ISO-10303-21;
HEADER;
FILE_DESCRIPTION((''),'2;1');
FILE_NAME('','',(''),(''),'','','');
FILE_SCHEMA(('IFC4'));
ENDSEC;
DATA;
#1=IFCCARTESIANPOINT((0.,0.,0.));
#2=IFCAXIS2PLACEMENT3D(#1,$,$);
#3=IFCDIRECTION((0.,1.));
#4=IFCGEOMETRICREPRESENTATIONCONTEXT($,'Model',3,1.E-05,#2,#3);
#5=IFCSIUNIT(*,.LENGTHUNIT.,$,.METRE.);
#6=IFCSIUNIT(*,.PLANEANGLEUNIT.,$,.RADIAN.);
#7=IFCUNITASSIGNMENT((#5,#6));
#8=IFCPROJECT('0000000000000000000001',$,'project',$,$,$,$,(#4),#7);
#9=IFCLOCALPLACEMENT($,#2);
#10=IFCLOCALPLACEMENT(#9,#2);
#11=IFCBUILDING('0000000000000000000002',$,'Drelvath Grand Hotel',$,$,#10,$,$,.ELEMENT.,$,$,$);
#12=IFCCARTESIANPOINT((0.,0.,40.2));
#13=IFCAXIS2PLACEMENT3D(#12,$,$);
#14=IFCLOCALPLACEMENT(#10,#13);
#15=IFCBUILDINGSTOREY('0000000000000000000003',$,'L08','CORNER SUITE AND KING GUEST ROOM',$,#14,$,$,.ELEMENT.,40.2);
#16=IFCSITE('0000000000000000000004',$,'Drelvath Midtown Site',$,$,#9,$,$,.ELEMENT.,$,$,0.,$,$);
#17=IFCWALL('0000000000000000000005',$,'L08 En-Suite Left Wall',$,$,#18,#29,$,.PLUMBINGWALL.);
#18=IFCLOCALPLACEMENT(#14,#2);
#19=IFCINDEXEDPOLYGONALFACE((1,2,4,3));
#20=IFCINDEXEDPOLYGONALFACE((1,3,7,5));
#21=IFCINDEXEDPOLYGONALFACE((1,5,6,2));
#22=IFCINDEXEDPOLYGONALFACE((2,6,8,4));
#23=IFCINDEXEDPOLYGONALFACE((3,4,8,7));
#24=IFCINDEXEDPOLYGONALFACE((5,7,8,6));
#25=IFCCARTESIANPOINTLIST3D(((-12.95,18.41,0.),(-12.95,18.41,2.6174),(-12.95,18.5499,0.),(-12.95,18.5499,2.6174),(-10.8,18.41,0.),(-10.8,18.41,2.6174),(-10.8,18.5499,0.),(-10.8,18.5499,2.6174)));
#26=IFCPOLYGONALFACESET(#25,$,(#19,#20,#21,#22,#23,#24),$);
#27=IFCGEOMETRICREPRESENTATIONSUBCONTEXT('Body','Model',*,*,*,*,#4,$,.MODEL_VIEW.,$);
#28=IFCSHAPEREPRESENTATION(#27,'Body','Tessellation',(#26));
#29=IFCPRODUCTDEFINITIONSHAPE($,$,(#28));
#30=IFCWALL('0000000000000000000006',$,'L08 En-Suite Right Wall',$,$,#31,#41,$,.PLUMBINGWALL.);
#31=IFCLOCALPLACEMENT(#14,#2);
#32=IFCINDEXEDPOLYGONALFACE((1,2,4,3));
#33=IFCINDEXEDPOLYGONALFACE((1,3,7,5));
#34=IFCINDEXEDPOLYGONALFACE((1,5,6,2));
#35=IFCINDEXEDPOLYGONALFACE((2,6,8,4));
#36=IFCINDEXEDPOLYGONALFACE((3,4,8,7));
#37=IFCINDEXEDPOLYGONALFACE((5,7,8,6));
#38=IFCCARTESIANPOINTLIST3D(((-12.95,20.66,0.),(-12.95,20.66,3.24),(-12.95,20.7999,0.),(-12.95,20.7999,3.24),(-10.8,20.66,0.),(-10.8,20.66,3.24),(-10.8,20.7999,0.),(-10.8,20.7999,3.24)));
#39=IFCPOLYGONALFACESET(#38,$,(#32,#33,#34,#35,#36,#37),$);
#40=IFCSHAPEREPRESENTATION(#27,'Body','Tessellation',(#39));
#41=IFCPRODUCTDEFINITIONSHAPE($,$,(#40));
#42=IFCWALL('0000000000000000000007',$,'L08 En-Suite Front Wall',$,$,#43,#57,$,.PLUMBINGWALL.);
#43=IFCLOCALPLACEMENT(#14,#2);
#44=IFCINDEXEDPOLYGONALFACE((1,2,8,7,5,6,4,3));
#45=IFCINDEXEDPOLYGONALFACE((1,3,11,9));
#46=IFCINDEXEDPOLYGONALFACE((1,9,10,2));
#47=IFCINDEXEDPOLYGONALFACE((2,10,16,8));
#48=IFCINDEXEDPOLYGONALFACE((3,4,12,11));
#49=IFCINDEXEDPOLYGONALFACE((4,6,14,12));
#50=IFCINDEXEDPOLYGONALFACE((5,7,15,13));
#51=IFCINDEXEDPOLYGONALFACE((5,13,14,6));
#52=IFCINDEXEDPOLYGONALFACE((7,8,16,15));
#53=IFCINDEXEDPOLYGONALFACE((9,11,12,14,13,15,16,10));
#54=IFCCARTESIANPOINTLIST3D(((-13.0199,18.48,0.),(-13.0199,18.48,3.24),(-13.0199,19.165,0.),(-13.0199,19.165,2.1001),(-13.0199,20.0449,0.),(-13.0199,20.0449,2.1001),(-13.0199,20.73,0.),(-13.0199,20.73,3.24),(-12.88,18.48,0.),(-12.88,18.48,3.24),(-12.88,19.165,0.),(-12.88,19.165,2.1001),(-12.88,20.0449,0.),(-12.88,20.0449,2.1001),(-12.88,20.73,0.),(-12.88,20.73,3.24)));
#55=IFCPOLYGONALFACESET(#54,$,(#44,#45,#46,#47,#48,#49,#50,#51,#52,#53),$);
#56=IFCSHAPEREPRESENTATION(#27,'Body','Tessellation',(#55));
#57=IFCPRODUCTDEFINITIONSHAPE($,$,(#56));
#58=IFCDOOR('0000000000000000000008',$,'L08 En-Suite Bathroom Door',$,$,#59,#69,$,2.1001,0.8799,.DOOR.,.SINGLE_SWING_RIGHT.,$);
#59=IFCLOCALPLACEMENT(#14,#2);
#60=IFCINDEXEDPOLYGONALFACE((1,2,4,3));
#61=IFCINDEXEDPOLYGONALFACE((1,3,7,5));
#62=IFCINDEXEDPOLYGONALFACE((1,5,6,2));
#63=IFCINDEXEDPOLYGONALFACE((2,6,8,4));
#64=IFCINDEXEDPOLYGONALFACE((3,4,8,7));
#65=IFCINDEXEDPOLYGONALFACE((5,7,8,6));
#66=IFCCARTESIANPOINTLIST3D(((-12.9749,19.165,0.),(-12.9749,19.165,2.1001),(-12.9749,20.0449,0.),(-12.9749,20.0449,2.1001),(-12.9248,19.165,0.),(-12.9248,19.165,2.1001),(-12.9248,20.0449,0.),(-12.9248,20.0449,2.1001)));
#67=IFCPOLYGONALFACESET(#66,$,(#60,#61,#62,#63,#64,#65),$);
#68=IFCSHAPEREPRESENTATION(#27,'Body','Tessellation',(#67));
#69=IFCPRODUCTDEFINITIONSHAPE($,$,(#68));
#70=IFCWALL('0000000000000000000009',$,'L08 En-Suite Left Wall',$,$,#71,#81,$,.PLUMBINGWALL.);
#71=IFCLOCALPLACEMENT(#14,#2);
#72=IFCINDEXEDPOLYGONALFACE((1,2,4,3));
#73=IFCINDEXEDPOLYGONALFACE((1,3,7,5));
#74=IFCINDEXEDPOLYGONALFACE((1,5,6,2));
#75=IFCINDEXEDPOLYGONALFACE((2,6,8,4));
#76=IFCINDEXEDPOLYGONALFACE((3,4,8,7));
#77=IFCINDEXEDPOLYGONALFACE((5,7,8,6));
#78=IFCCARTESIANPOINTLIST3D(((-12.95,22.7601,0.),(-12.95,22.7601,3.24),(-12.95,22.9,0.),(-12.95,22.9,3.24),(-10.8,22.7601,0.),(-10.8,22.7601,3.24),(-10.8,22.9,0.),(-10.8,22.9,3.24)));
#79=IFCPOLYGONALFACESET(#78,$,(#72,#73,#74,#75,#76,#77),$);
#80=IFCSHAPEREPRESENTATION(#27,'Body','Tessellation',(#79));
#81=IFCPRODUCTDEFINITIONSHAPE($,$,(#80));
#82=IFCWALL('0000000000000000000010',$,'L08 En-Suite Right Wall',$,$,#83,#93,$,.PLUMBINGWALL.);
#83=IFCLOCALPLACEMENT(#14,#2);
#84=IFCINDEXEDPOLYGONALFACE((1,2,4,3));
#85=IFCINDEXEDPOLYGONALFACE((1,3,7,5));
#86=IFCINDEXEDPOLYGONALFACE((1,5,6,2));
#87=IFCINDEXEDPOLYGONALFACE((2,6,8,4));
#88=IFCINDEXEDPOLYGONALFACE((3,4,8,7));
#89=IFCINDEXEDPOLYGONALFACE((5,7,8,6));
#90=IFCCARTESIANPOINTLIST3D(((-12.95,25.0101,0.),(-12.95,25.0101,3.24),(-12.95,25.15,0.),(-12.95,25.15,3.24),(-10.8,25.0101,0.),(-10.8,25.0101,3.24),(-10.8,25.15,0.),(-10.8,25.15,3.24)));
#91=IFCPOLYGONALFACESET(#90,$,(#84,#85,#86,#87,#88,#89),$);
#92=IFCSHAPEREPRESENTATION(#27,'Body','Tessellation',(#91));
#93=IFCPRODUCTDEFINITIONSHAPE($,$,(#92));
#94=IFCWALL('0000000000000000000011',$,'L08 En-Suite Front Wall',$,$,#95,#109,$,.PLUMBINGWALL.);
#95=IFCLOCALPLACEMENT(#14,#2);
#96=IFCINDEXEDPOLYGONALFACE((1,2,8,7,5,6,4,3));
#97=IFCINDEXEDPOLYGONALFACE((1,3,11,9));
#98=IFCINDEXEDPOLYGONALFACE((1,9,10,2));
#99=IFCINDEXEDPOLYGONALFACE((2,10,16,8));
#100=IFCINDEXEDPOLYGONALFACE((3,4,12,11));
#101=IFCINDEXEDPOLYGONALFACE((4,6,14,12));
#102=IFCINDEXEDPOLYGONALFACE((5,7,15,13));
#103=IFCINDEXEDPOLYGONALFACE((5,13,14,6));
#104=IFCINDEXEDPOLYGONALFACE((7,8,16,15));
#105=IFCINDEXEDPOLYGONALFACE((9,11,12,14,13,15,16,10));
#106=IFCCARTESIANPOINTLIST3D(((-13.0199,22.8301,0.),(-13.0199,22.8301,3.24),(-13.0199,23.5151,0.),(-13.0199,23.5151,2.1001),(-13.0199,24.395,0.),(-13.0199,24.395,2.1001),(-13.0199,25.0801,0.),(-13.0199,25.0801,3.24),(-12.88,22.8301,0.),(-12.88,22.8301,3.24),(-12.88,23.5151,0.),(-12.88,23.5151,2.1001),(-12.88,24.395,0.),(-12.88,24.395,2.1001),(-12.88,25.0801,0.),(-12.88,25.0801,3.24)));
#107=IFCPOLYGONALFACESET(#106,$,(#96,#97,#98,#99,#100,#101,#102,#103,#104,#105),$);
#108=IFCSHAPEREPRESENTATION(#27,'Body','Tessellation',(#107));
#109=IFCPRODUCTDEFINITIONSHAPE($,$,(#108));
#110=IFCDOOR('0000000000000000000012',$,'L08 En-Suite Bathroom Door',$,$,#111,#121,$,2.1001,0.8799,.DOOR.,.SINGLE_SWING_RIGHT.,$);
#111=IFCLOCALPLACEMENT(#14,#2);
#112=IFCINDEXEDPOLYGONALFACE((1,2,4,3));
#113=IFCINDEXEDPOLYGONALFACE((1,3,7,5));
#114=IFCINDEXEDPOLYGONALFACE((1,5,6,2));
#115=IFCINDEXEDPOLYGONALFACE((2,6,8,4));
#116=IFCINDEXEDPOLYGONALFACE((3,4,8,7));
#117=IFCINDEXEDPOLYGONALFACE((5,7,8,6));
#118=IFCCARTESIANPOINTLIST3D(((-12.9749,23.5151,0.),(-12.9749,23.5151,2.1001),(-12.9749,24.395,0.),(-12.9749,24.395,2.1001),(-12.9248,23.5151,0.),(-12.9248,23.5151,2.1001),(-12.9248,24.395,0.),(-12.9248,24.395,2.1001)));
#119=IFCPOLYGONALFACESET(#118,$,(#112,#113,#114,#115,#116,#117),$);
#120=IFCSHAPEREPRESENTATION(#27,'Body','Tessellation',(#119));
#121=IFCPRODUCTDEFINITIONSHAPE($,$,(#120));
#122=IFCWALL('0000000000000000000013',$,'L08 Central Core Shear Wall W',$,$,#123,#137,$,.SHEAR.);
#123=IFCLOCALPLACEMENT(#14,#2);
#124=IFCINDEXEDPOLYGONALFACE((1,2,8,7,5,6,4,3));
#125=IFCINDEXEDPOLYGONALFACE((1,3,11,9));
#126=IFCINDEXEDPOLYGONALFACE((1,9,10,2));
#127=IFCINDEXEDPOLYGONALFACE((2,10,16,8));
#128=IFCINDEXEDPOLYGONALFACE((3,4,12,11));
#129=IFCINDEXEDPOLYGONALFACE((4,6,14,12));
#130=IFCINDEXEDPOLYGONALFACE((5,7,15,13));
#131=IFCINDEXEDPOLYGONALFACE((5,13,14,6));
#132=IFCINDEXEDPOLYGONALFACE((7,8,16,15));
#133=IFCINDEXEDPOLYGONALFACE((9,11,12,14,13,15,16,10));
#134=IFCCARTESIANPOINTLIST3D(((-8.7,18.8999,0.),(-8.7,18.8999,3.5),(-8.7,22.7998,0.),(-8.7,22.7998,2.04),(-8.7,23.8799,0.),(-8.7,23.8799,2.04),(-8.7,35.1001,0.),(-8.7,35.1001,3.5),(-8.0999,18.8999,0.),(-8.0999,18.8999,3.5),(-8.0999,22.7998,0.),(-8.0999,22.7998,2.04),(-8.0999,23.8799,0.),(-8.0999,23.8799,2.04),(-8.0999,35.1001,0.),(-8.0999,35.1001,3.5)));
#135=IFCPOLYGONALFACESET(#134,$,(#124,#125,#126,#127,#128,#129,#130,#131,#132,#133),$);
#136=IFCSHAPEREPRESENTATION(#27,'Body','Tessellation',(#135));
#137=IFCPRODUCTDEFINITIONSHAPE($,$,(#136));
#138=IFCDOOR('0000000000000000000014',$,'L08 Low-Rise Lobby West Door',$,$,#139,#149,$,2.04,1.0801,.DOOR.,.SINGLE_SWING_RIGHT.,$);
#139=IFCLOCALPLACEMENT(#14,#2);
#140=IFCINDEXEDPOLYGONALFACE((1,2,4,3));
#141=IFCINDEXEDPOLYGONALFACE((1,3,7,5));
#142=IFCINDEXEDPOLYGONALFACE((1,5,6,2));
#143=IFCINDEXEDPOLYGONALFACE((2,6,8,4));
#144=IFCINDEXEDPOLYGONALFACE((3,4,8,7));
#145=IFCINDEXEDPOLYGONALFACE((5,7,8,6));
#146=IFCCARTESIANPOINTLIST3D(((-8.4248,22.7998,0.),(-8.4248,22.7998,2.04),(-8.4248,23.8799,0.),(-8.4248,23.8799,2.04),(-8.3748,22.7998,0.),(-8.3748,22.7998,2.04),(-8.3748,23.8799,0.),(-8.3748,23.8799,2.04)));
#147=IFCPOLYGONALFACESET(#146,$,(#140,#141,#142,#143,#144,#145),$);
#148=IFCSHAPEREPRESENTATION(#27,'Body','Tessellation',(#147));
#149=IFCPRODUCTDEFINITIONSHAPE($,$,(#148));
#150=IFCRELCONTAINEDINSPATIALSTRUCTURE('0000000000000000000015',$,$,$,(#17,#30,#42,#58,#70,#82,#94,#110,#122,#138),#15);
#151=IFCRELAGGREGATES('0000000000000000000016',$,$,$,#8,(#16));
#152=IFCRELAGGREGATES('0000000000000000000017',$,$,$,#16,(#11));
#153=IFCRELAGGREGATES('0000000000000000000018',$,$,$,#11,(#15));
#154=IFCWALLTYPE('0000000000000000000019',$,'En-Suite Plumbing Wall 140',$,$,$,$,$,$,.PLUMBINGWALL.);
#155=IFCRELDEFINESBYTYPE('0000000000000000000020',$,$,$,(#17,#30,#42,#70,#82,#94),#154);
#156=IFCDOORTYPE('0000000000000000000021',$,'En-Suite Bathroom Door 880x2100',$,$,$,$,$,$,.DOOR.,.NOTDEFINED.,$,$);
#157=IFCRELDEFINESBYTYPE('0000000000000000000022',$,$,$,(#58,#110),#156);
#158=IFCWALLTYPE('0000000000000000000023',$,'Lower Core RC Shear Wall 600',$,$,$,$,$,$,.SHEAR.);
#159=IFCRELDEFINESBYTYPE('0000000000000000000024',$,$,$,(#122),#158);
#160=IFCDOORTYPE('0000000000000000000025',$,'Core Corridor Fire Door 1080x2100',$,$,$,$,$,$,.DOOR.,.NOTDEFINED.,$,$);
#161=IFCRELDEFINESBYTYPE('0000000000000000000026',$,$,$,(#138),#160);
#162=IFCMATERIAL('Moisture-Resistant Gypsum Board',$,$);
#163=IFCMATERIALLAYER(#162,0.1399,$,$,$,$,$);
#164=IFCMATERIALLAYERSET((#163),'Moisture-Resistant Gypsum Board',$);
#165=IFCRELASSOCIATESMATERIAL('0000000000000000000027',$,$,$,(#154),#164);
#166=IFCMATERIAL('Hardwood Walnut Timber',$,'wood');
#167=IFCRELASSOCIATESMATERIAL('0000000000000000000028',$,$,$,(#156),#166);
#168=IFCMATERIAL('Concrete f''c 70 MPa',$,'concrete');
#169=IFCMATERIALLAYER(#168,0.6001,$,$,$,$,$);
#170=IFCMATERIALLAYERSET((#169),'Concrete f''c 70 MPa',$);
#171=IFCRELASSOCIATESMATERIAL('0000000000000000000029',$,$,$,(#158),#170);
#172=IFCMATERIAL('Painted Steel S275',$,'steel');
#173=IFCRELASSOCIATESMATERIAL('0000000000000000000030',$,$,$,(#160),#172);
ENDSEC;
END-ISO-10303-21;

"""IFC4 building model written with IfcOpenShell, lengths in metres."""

from ifc_helpers import new_model, si_unit, direction, frame, frame_2d, origin, place, context, subcontext, project, spatial, rectangle, extrude, material, layer, layer_set, type_object, element, fill, save


model = new_model("IFC4")

# Units and contexts
model_context = context("Model", 3, precision=1e-05, world=origin(), true_north=direction((0.0, 1.0)))
body_context = subcontext(model_context, "Body", "Model", "MODEL_VIEW")
ifc_project = project(units=[si_unit("LENGTHUNIT", "METRE"), si_unit("PLANEANGLEUNIT", "RADIAN")], contexts=[model_context])

# Site, building, storey
site_placement = place(None, origin())
site = spatial("IfcSite", under=ifc_project, at=site_placement, Name="Drelvath Midtown Site", CompositionType="ELEMENT", RefElevation=0.0)
building_placement = place(site_placement, origin())
building = spatial("IfcBuilding", under=site, at=building_placement, Name="Drelvath Grand Hotel", CompositionType="ELEMENT")
storey_placement = place(building_placement, frame((0.0, 0.0, 40.2)))
storey = spatial("IfcBuildingStorey", under=building, at=storey_placement, Name="L08", Description="CORNER SUITE AND KING GUEST ROOM", CompositionType="ELEMENT", Elevation=40.2)

# Shared definitions
ifc_material_1 = material(Name="Concrete f'c 70 MPa", Category="concrete")

# Shared definitions
ifc_material_2 = material(Name="Hardwood Walnut Timber", Category="wood")

# Shared definitions
ifc_material_3 = material(Name="Moisture-Resistant Gypsum Board")
ifc_layer_1 = layer(ifc_material_3, 0.1399)
ifc_layer_set_1 = layer_set([ifc_layer_1], Name="Moisture-Resistant Gypsum Board")
wall_type_1 = type_object("IfcWallType", Name="En-Suite Plumbing Wall 140", PredefinedType="PLUMBINGWALL", material=ifc_layer_set_1)

# Shared definitions
door_type_1 = type_object("IfcDoorType", Name="En-Suite Bathroom Door 880x2100", OperationType="NOTDEFINED", PredefinedType="DOOR", material=ifc_material_2)

# Walls
wall_1_placement = place(storey_placement, frame((-10.8, 18.48, 0.0), z_axis=(0.0, 0.0, 1.0), x_axis=(-1.0, 0.0, 0.0)))
element("IfcWall", 1, at=wall_1_placement, inside=storey, type_object=wall_type_1, Name="L08 En-Suite Left Wall", PredefinedType="PLUMBINGWALL", context=body_context, shape_type="SweptSolid", body=[
    extrude(rectangle(XDim=2.1499, YDim=0.1399, at=frame_2d((1.075, 0.0))), origin(), (0.0, 0.0, 1.0), 2.6174),
])
wall_2_placement = place(storey_placement, frame((-10.8, 20.73, 0.0), z_axis=(0.0, 0.0, 1.0), x_axis=(-1.0, 0.0, 0.0)))
element("IfcWall", 2, at=wall_2_placement, inside=storey, type_object=wall_type_1, Name="L08 En-Suite Right Wall", PredefinedType="PLUMBINGWALL", context=body_context, shape_type="SweptSolid", body=[
    extrude(rectangle(XDim=2.1499, YDim=0.1399, at=frame_2d((1.075, 0.0))), origin(), (0.0, 0.0, 1.0), 3.24),
])

# Wall, opening, door
wall_3_placement = place(storey_placement, frame((-12.95, 18.48, 0.0), z_axis=(0.0, 0.0, 1.0), x_axis=(0.0, 1.0, 0.0)))
wall_3 = element("IfcWall", 3, at=wall_3_placement, inside=storey, type_object=wall_type_1, Name="L08 En-Suite Front Wall", PredefinedType="PLUMBINGWALL", context=body_context, shape_type="SweptSolid", body=[
    extrude(rectangle(XDim=2.25, YDim=0.1399, at=frame_2d((1.125, 0.0))), origin(), (0.0, 0.0, 1.0), 3.24),
])
opening_1_placement = place(wall_3_placement, frame((0.6851, 0.0, 0.0)))
opening_1 = element("IfcOpeningElement", 4, at=opening_1_placement, cuts=wall_3, PredefinedType="OPENING", context=body_context, shape_type="SweptSolid", body=[
    extrude(rectangle(XDim=0.8799, YDim=2.1001, at=frame_2d((0.4399, 1.05))), frame((0.0, 0.0798, 0.0), z_axis=(0.0, -1.0, 0.0), x_axis=(1.0, 0.0, 0.0)), (0.0, 0.0, 1.0), 0.1599),
])
door_1_placement = place(opening_1_placement, origin())
door_1 = element("IfcDoor", 5, at=door_1_placement, inside=storey, type_object=door_type_1, Name="L08 En-Suite Bathroom Door", OperationType="SINGLE_SWING_RIGHT", OverallHeight=2.1001, OverallWidth=0.8799, PredefinedType="DOOR", context=body_context, shape_type="SweptSolid", body=[
    extrude(rectangle(XDim=0.8799, YDim=2.1001, at=frame_2d((0.4399, 1.05))), frame((0.0, 0.0249, 0.0), z_axis=(0.0, -1.0, 0.0), x_axis=(1.0, 0.0, 0.0)), (0.0, 0.0, 1.0), 0.05),
])
fill(opening_1, door_1)

# Walls
for number, where, z_axis, x_axis, name in (
    (6, (-10.8, 22.8301, 0.0), (0.0, 0.0, 1.0), (-1.0, 0.0, 0.0), "L08 En-Suite Left Wall"),
    (7, (-10.8, 25.0801, 0.0), (0.0, 0.0, 1.0), (-1.0, 0.0, 0.0), "L08 En-Suite Right Wall"),
):
    element("IfcWall", number, at=place(storey_placement, frame(where, z_axis=z_axis, x_axis=x_axis)), inside=storey, type_object=wall_type_1, Name=name, PredefinedType="PLUMBINGWALL", context=body_context, shape_type="SweptSolid", body=[
        extrude(rectangle(XDim=2.1499, YDim=0.1399, at=frame_2d((1.075, 0.0))), origin(), (0.0, 0.0, 1.0), 3.24),
    ])

# Walls, openings, doors
wall_4_placement = place(storey_placement, frame((-12.95, 22.8301, 0.0), z_axis=(0.0, 0.0, 1.0), x_axis=(0.0, 1.0, 0.0)))
wall_4 = element("IfcWall", 8, at=wall_4_placement, inside=storey, type_object=wall_type_1, Name="L08 En-Suite Front Wall", PredefinedType="PLUMBINGWALL", context=body_context, shape_type="SweptSolid", body=[
    extrude(rectangle(XDim=2.25, YDim=0.1399, at=frame_2d((1.125, 0.0))), origin(), (0.0, 0.0, 1.0), 3.24),
])
opening_2_placement = place(wall_4_placement, frame((0.6851, 0.0, 0.0)))
opening_2 = element("IfcOpeningElement", 9, at=opening_2_placement, cuts=wall_4, PredefinedType="OPENING", context=body_context, shape_type="SweptSolid", body=[
    extrude(rectangle(XDim=0.8799, YDim=2.1001, at=frame_2d((0.4399, 1.05))), frame((0.0, 0.0798, 0.0), z_axis=(0.0, -1.0, 0.0), x_axis=(1.0, 0.0, 0.0)), (0.0, 0.0, 1.0), 0.1599),
])
door_2_placement = place(opening_2_placement, origin())
door_2 = element("IfcDoor", 10, at=door_2_placement, inside=storey, type_object=door_type_1, Name="L08 En-Suite Bathroom Door", OperationType="SINGLE_SWING_RIGHT", OverallHeight=2.1001, OverallWidth=0.8799, PredefinedType="DOOR", context=body_context, shape_type="SweptSolid", body=[
    extrude(rectangle(XDim=0.8799, YDim=2.1001, at=frame_2d((0.4399, 1.05))), frame((0.0, 0.0249, 0.0), z_axis=(0.0, -1.0, 0.0), x_axis=(1.0, 0.0, 0.0)), (0.0, 0.0, 1.0), 0.05),
])
fill(opening_2, door_2)
ifc_layer_2 = layer(ifc_material_1, 0.6001)
ifc_layer_set_2 = layer_set([ifc_layer_2], Name="Concrete f'c 70 MPa")
wall_type_2 = type_object("IfcWallType", Name="Lower Core RC Shear Wall 600", PredefinedType="SHEAR", material=ifc_layer_set_2)
wall_5_placement = place(storey_placement, frame((-8.3999, 18.8999, 0.0), z_axis=(0.0, 0.0, 1.0), x_axis=(0.0, 1.0, 0.0)))
wall_5 = element("IfcWall", 11, at=wall_5_placement, inside=storey, type_object=wall_type_2, Name="L08 Central Core Shear Wall W", PredefinedType="SHEAR", context=body_context, shape_type="SweptSolid", body=[
    extrude(rectangle(XDim=16.2002, YDim=0.6001, at=frame_2d((8.1001, 0.0))), origin(), (0.0, 0.0, 1.0), 3.5),
])
opening_3_placement = place(wall_5_placement, frame((3.8999, 0.0, 0.0)))
opening_3 = element("IfcOpeningElement", 12, at=opening_3_placement, cuts=wall_5, PredefinedType="OPENING", context=body_context, shape_type="SweptSolid", body=[
    extrude(rectangle(XDim=1.0801, YDim=2.04, at=frame_2d((0.54, 1.02))), frame((0.0, 0.3101, 0.0), z_axis=(0.0, -1.0, 0.0), x_axis=(1.0, 0.0, 0.0)), (0.0, 0.0, 1.0), 0.6201),
])
ifc_material_4 = material(Name="Painted Steel S275", Category="steel")
door_type_2 = type_object("IfcDoorType", Name="Core Corridor Fire Door 1080x2100", OperationType="NOTDEFINED", PredefinedType="DOOR", material=ifc_material_4)
door_3_placement = place(opening_3_placement, origin())
door_3 = element("IfcDoor", 13, at=door_3_placement, inside=storey, type_object=door_type_2, Name="L08 Low-Rise Lobby West Door", OperationType="SINGLE_SWING_RIGHT", OverallHeight=2.04, OverallWidth=1.0801, PredefinedType="DOOR", context=body_context, shape_type="SweptSolid", body=[
    extrude(rectangle(XDim=1.0801, YDim=2.04, at=frame_2d((0.54, 1.02))), frame((0.0, 0.0249, 0.0), z_axis=(0.0, -1.0, 0.0), x_axis=(1.0, 0.0, 0.0)), (0.0, 0.0, 1.0), 0.05),
])
fill(opening_3, door_3)

save(model, "model.ifc")
